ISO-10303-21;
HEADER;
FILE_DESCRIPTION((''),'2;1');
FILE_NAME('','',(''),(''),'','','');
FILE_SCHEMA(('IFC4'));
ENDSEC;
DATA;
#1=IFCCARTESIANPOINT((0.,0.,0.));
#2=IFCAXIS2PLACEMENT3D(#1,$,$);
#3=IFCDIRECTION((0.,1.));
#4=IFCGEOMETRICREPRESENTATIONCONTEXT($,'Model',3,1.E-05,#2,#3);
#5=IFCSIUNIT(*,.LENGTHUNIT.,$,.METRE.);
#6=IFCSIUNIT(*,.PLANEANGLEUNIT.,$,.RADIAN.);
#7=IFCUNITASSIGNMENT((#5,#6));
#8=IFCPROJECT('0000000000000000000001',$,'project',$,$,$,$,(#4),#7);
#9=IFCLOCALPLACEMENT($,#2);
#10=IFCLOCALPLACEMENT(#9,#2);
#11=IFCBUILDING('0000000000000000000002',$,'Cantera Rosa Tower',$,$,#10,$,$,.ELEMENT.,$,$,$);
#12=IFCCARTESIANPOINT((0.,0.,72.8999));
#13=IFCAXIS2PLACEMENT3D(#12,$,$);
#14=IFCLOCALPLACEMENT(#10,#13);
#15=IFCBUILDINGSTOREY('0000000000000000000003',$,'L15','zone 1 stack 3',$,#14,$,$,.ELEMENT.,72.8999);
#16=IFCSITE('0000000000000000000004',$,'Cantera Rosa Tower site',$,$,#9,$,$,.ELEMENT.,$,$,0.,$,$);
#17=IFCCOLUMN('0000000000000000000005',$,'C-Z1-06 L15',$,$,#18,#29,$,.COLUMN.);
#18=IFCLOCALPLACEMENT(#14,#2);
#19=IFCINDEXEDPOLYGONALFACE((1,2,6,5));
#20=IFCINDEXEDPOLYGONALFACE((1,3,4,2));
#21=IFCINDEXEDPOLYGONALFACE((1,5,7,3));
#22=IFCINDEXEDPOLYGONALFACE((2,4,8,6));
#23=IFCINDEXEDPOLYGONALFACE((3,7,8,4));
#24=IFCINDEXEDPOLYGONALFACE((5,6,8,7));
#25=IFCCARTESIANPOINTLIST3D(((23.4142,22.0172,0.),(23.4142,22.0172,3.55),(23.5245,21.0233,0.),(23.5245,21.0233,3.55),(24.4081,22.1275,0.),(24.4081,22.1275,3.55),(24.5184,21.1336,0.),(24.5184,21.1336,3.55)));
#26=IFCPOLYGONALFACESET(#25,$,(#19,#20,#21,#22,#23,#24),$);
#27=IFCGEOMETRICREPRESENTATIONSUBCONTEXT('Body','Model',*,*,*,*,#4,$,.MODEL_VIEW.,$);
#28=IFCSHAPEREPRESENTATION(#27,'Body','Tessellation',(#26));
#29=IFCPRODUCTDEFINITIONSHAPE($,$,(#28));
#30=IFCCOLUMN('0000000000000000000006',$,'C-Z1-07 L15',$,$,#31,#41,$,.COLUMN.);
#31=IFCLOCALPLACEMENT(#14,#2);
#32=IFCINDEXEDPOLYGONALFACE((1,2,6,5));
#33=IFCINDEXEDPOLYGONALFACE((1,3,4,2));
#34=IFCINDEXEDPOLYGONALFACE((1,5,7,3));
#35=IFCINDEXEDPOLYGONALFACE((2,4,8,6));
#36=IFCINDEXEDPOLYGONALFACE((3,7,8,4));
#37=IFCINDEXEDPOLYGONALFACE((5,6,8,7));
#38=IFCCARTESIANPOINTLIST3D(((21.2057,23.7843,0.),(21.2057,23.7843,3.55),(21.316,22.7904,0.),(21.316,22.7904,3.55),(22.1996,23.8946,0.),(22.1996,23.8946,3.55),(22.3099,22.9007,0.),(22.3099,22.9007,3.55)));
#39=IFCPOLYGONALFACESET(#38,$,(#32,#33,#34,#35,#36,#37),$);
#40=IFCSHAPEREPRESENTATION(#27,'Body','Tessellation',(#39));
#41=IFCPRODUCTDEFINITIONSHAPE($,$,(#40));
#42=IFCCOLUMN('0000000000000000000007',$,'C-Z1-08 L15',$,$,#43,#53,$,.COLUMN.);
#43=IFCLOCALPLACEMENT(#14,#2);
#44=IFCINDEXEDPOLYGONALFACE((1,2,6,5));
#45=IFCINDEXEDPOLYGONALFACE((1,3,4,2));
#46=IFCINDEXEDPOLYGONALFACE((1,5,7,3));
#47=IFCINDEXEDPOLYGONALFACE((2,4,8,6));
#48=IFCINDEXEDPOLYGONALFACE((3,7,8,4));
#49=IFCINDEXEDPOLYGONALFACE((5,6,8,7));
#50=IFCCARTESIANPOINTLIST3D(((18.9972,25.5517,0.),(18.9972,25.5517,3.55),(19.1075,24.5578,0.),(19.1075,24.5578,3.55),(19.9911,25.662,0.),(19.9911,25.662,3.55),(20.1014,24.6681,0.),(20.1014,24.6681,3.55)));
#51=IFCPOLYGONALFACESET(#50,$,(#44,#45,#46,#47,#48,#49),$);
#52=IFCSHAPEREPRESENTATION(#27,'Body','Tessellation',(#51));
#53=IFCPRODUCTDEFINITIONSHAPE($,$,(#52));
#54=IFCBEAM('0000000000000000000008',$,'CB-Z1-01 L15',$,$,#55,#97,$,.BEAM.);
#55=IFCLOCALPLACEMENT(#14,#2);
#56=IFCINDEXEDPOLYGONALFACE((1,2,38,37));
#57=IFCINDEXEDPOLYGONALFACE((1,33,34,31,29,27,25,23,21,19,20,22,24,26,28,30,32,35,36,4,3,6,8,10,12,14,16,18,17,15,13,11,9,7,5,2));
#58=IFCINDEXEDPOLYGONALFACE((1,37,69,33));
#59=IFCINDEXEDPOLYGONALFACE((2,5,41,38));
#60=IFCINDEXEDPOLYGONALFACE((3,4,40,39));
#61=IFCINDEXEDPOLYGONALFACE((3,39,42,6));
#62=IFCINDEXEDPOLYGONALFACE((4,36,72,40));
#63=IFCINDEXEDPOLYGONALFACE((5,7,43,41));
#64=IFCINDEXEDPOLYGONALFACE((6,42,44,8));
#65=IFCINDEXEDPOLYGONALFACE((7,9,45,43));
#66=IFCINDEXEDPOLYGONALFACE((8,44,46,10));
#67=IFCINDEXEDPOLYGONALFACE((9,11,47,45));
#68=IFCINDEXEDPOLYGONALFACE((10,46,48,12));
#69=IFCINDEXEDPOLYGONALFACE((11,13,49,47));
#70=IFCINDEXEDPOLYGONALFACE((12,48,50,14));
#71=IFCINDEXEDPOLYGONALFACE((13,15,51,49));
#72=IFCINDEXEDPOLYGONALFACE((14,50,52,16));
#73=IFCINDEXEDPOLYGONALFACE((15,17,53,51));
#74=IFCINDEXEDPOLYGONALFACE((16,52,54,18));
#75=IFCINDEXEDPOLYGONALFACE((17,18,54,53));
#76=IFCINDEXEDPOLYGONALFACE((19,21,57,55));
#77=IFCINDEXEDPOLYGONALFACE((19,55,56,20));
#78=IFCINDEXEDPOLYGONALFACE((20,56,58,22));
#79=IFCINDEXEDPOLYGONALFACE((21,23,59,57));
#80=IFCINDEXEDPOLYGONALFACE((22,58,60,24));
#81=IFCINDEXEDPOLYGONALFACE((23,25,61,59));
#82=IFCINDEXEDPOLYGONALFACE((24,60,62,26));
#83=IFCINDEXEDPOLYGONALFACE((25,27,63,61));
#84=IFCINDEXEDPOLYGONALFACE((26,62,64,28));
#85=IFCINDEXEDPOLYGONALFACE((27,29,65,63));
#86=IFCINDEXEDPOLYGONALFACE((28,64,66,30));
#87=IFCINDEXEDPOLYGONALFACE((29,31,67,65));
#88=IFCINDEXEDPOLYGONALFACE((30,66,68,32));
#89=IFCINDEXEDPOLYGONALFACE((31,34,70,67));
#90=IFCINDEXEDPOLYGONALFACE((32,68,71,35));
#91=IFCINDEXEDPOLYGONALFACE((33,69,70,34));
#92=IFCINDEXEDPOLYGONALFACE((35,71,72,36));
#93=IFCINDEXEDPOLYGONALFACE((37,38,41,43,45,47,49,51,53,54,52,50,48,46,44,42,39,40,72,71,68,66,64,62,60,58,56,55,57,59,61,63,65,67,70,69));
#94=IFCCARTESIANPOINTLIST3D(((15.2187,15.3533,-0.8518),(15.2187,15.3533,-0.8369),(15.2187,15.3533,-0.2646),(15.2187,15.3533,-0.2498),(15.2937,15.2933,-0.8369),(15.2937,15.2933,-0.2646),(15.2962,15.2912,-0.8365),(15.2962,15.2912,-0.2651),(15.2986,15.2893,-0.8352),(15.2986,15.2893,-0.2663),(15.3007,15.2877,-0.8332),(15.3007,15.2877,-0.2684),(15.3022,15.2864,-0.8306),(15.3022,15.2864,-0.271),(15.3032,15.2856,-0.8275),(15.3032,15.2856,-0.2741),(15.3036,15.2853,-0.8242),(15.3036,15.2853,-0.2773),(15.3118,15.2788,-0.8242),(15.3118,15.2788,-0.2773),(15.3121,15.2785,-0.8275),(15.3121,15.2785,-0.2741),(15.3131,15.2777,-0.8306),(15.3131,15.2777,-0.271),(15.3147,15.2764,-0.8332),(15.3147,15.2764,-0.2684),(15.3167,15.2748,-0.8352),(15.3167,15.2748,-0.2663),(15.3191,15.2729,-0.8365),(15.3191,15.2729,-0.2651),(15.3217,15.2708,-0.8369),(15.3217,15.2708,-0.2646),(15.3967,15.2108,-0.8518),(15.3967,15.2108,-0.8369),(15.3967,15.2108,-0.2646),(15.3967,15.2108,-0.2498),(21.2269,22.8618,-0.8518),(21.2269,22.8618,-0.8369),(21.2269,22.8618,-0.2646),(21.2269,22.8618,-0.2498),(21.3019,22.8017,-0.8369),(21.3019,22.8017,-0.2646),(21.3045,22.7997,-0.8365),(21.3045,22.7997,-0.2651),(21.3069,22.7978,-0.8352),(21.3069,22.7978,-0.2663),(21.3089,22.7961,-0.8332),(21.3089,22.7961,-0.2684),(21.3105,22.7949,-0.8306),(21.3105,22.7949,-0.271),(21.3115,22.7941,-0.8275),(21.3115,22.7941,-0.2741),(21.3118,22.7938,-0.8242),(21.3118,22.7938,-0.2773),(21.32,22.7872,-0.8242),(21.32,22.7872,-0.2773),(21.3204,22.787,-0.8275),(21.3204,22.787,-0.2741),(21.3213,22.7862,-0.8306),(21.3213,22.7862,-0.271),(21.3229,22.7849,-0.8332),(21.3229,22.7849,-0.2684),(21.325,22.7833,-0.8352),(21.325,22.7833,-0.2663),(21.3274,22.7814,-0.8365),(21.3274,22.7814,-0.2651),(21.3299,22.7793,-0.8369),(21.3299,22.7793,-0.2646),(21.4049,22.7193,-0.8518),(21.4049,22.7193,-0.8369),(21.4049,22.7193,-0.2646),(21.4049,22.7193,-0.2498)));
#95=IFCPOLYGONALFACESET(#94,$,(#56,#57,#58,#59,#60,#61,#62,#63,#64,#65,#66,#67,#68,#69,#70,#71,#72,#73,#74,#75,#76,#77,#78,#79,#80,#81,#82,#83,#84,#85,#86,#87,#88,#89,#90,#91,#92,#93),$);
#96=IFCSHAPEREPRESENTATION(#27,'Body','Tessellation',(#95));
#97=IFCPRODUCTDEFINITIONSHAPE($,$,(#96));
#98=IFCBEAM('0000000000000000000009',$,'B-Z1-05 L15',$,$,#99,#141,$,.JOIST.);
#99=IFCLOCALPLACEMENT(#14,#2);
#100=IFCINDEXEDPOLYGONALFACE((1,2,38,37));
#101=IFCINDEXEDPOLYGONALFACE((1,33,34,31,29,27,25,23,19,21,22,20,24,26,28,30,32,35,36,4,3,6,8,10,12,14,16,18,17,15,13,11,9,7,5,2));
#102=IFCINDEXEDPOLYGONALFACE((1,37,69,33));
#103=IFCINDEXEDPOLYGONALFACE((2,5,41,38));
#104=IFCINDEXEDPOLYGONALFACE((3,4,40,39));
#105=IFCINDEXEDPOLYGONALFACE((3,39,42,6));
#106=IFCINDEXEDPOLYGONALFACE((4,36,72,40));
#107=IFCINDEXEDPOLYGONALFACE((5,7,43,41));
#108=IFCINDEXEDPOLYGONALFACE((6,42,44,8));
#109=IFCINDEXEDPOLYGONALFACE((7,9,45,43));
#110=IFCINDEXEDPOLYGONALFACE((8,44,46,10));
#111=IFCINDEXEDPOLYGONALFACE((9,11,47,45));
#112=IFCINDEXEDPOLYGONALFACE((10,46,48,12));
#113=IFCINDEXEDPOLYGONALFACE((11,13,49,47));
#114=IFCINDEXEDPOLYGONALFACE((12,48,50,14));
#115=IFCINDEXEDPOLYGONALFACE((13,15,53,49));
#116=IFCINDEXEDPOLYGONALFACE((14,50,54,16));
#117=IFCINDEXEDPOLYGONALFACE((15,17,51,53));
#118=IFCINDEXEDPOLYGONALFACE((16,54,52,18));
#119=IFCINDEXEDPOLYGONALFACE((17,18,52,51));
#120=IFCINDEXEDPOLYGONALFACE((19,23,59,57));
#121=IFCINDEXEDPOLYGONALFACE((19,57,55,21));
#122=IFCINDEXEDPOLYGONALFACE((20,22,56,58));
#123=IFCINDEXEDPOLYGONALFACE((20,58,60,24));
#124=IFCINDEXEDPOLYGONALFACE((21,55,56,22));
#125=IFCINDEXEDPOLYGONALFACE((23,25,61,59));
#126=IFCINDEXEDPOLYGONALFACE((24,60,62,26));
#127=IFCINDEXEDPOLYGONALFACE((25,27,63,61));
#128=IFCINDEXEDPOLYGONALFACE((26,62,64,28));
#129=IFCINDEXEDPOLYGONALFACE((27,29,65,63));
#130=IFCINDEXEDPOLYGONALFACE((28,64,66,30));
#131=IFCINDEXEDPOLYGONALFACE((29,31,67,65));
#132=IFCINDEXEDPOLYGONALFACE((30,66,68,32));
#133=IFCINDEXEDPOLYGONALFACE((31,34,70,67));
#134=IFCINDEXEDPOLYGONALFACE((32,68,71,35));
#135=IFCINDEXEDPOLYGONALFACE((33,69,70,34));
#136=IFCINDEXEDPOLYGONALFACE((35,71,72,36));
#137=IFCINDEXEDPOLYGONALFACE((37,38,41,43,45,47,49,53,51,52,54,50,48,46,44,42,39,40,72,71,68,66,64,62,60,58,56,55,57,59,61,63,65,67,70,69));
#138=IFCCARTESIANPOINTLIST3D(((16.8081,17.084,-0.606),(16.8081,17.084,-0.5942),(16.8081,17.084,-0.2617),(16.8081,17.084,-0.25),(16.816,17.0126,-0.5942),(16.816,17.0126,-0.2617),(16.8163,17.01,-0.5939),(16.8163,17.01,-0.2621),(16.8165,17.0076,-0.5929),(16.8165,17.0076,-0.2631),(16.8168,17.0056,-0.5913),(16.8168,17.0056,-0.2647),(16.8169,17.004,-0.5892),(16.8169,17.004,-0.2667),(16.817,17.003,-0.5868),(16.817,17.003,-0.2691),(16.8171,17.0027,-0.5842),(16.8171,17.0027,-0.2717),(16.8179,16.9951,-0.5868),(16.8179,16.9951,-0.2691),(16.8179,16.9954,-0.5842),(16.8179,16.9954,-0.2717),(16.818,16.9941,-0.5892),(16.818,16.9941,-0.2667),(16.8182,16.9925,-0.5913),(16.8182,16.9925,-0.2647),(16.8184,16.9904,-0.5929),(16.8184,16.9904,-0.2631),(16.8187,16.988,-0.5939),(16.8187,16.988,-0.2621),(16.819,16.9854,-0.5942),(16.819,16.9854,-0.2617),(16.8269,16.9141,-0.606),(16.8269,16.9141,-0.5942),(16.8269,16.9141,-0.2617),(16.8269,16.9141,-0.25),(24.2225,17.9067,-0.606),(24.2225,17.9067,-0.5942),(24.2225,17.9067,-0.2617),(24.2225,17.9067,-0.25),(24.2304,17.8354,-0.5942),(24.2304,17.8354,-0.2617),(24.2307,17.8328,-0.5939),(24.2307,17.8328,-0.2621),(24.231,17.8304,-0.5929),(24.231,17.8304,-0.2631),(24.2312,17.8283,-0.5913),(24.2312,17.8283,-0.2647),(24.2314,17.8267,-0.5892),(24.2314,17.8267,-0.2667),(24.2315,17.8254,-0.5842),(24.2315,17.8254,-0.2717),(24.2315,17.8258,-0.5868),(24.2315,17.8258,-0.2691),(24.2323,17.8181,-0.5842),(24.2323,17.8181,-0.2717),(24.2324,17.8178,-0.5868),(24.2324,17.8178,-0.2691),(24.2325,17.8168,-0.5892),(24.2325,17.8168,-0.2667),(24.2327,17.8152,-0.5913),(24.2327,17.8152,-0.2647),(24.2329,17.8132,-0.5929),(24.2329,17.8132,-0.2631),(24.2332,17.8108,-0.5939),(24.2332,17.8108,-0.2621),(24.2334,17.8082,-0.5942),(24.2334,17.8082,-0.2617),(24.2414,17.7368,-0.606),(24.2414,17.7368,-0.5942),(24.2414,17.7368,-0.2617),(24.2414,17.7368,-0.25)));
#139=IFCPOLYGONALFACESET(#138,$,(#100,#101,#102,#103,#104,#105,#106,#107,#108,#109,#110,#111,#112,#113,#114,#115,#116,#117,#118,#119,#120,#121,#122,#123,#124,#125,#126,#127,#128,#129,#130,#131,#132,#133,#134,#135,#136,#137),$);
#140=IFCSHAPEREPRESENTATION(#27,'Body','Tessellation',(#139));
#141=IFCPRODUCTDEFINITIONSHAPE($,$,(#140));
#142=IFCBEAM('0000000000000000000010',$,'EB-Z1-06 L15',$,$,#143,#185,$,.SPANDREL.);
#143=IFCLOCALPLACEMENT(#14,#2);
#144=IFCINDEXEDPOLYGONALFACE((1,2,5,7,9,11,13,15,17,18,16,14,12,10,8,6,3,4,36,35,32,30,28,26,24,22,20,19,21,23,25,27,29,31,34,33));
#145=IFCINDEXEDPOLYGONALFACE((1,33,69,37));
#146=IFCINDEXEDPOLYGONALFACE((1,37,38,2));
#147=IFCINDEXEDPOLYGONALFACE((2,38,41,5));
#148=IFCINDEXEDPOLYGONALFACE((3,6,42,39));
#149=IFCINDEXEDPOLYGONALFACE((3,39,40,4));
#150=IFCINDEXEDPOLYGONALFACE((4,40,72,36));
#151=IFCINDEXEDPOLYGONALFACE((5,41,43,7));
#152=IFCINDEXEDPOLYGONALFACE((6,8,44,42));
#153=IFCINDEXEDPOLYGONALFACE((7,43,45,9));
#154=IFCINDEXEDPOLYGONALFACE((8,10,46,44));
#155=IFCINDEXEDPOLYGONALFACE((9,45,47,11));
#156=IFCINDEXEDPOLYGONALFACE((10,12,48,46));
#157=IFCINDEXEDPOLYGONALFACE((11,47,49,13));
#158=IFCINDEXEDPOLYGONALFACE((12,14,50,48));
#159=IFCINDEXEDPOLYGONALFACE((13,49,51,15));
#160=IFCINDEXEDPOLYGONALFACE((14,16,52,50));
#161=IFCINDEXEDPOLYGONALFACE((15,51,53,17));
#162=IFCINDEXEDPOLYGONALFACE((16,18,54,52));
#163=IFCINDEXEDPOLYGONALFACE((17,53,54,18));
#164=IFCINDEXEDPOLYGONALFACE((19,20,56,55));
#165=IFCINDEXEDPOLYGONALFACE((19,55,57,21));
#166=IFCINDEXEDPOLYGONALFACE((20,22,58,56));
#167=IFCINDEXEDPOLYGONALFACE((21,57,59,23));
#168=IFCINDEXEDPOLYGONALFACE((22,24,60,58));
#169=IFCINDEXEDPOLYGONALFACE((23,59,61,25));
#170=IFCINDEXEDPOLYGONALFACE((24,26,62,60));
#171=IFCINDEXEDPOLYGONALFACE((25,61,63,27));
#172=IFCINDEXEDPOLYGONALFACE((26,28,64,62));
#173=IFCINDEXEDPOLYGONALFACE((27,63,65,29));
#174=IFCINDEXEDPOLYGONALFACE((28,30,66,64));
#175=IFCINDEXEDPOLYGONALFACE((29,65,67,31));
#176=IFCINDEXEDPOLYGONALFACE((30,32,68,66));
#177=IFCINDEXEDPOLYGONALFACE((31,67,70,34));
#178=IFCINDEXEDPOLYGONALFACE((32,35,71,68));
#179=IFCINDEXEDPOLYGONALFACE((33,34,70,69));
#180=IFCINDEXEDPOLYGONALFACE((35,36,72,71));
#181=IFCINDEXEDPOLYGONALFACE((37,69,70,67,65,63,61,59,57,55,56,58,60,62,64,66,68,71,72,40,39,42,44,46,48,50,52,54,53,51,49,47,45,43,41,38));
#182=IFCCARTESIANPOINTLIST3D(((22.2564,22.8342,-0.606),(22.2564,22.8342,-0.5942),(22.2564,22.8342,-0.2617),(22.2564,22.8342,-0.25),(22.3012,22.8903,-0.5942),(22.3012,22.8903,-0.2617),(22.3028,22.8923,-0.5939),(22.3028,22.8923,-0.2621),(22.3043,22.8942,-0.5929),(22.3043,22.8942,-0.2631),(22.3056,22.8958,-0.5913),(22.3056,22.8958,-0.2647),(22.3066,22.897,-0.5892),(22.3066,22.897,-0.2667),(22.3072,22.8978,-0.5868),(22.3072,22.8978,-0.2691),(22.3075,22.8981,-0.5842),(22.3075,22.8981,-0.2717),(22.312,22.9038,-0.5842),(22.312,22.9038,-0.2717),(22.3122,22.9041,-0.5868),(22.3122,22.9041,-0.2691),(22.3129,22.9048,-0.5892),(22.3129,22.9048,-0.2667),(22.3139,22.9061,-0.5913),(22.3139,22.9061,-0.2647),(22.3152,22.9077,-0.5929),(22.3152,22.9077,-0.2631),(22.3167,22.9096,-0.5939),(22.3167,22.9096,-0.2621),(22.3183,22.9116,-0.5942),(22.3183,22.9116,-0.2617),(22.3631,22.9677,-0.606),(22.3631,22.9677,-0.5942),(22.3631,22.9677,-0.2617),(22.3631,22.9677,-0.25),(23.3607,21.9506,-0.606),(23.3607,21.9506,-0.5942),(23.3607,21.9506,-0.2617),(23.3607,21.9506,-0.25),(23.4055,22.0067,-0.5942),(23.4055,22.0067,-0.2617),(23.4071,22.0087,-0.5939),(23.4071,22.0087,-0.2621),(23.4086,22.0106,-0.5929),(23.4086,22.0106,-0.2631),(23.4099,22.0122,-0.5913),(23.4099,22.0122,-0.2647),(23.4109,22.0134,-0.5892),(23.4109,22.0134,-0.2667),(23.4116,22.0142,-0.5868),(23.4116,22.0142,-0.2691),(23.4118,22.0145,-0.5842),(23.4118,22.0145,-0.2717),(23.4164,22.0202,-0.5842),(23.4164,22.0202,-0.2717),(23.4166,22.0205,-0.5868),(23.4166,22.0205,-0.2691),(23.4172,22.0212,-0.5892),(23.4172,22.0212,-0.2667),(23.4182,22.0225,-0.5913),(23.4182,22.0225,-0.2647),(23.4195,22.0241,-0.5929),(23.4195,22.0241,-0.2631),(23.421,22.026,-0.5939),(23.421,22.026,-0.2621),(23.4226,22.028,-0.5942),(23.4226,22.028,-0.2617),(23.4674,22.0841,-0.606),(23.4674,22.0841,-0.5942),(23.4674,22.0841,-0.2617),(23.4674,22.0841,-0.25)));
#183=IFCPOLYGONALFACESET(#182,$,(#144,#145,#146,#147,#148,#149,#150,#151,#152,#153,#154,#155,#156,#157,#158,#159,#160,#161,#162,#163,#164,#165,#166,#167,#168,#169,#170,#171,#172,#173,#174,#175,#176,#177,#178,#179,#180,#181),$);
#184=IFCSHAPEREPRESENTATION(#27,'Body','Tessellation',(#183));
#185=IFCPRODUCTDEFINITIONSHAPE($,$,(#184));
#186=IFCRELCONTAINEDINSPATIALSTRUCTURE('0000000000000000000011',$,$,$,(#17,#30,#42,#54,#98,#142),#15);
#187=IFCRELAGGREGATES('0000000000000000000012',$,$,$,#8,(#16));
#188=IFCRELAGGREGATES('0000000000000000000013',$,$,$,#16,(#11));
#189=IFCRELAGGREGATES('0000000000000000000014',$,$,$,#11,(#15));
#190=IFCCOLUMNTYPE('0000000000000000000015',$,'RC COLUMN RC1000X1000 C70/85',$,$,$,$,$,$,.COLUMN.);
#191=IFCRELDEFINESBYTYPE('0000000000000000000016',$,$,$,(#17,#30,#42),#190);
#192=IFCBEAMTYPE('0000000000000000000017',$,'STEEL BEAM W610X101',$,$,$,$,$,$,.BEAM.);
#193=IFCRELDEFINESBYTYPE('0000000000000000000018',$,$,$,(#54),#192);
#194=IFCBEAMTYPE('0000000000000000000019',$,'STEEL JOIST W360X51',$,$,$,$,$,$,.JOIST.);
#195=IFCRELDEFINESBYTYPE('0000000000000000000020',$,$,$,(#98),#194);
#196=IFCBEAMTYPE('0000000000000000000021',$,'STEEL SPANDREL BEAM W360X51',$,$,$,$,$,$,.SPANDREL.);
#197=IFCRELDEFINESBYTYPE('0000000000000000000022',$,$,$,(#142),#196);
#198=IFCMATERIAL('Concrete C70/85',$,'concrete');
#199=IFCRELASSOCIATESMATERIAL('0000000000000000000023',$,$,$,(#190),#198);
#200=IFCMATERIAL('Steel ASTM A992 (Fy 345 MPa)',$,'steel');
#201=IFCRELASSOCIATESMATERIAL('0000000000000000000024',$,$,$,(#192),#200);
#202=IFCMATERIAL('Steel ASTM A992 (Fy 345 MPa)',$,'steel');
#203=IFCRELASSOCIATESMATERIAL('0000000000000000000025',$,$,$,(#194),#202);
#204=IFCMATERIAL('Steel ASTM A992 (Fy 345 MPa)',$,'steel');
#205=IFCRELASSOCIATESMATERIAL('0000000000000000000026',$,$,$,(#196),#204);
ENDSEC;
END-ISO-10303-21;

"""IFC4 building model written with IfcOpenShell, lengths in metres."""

from ifc_helpers import new_model, si_unit, direction, frame, origin, origin_2d, place, context, subcontext, project, spatial, rectangle, i_section, extrude, material, material_profile, profile_set, type_object, element, save


model = new_model("IFC4")

# Units and contexts
model_context = context("Model", 3, precision=1e-05, world=origin(), true_north=direction((0.0, 1.0)))
body_context = subcontext(model_context, "Body", "Model", "MODEL_VIEW")
ifc_project = project(units=[si_unit("LENGTHUNIT", "METRE"), si_unit("PLANEANGLEUNIT", "RADIAN")], contexts=[model_context])

# Site, building, storey
site_placement = place(None, origin())
site = spatial("IfcSite", under=ifc_project, at=site_placement, Name="Cantera Rosa Tower site", CompositionType="ELEMENT", RefElevation=0.0)
building_placement = place(site_placement, origin())
building = spatial("IfcBuilding", under=site, at=building_placement, Name="Cantera Rosa Tower", CompositionType="ELEMENT")
storey_placement = place(building_placement, frame((0.0, 0.0, 72.8999)))
storey = spatial("IfcBuildingStorey", under=building, at=storey_placement, Name="L15", Description="zone 1 stack 3", CompositionType="ELEMENT", Elevation=72.8999)

# Columns
ifc_material_1 = material(Name="Concrete C70/85", Category="concrete")
ifc_material_profile_1 = material_profile(ifc_material_1, rectangle(XDim=1.0, YDim=1.0, at=origin_2d()), Name="RC COLUMN RC1000X1000 C70/85")
ifc_profile_set_1 = profile_set([ifc_material_profile_1], Name="Concrete C70/85")
column_type = type_object("IfcColumnType", Name="RC COLUMN RC1000X1000 C70/85", PredefinedType="COLUMN", material=ifc_profile_set_1)
for number, where, z_axis, x_axis, name in (
    (1, (23.9663, 21.5754, 0.0), (0.0, 0.0, 1.0), (0.993897, 0.110313, 0.0), "C-Z1-06 L15"),
    (2, (21.7578, 23.3425, 0.0), (0.0, 0.0, 1.0), (0.993897, 0.110313, 0.0), "C-Z1-07 L15"),
    (3, (19.5493, 25.1099, 0.0), (0.0, 0.0, 1.0), (0.993897, 0.110313, 0.0), "C-Z1-08 L15"),
):
    element("IfcColumn", number, at=place(storey_placement, frame(where, z_axis=z_axis, x_axis=x_axis)), inside=storey, type_object=column_type, Name=name, PredefinedType="COLUMN", context=body_context, shape_type="SweptSolid", body=[
        extrude(rectangle(XDim=1.0, YDim=1.0, at=origin_2d()), origin(), (0.0, 0.0, 1.0), 3.55),
    ])

# Beams
ifc_material_2 = material(Name="Steel ASTM A992 (Fy 345 MPa)", Category="steel")
ifc_material_profile_2 = material_profile(ifc_material_2, i_section(OverallWidth=0.228, OverallDepth=0.6021, WebThickness=0.0105, FlangeThickness=0.0149, FilletRadius=0.0127, at=origin_2d()), Name="W610X101")
ifc_profile_set_2 = profile_set([ifc_material_profile_2], Name="Steel ASTM A992 (Fy 345 MPa)")
beam_type_1 = type_object("IfcBeamType", Name="STEEL BEAM W610X101", PredefinedType="BEAM", material=ifc_profile_set_2)
beam_1_placement = place(storey_placement, frame((21.3159, 22.7905, -0.5508), z_axis=(-0.624788, -0.780794, 0.0), x_axis=(0.780794, -0.624788, 0.0)))
element("IfcBeam", 4, at=beam_1_placement, inside=storey, type_object=beam_type_1, Name="CB-Z1-01 L15", PredefinedType="BEAM", context=body_context, shape_type="SweptSolid", body=[
    extrude(i_section(OverallWidth=0.228, OverallDepth=0.6021, WebThickness=0.0105, FlangeThickness=0.0149, FilletRadius=0.0127, at=origin_2d()), origin(), (0.0, 0.0, 1.0), 9.6165),
])
ifc_material_3 = material(Name="Steel ASTM A992 (Fy 345 MPa)", Category="steel")
ifc_material_profile_3 = material_profile(ifc_material_3, i_section(OverallWidth=0.1709, OverallDepth=0.356, WebThickness=0.0073, FlangeThickness=0.0117, FilletRadius=0.01, at=origin_2d()), Name="W360X51")
ifc_profile_set_3 = profile_set([ifc_material_profile_3], Name="Steel ASTM A992 (Fy 345 MPa)")
beam_type_2 = type_object("IfcBeamType", Name="STEEL JOIST W360X51", PredefinedType="JOIST", material=ifc_profile_set_3)
beam_2_placement = place(storey_placement, frame((24.2319, 17.8218, -0.428), z_axis=(-0.9939, -0.110288, 0.0), x_axis=(0.110288, -0.9939, 0.0)))
element("IfcBeam", 5, at=beam_2_placement, inside=storey, type_object=beam_type_2, Name="B-Z1-05 L15", PredefinedType="JOIST", context=body_context, shape_type="SweptSolid", body=[
    extrude(i_section(OverallWidth=0.1709, OverallDepth=0.356, WebThickness=0.0073, FlangeThickness=0.0117, FilletRadius=0.01, at=origin_2d()), origin(), (0.0, 0.0, 1.0), 7.46),
])
ifc_material_4 = material(Name="Steel ASTM A992 (Fy 345 MPa)", Category="steel")
ifc_material_profile_4 = material_profile(ifc_material_4, i_section(OverallWidth=0.1709, OverallDepth=0.356, WebThickness=0.0073, FlangeThickness=0.0117, FilletRadius=0.01, at=origin_2d()), Name="W360X51")
ifc_profile_set_4 = profile_set([ifc_material_profile_4], Name="Steel ASTM A992 (Fy 345 MPa)")
beam_type_3 = type_object("IfcBeamType", Name="STEEL SPANDREL BEAM W360X51", PredefinedType="SPANDREL", material=ifc_profile_set_4)
for number, where, z_axis, x_axis, name in (
    (6, (23.4141, 22.0173, -0.428), (-0.780818, 0.624758, 0.0), (-0.624758, -0.780818, 0.0), "EB-Z1-06 L15"),
):
    element("IfcBeam", number, at=place(storey_placement, frame(where, z_axis=z_axis, x_axis=x_axis)), inside=storey, type_object=beam_type_3, Name=name, PredefinedType="SPANDREL", context=body_context, shape_type="SweptSolid", body=[
        extrude(i_section(OverallWidth=0.1709, OverallDepth=0.356, WebThickness=0.0073, FlangeThickness=0.0117, FilletRadius=0.01, at=origin_2d()), origin(), (0.0, 0.0, 1.0), 1.4143),
    ])

save(model, "model.ifc")
